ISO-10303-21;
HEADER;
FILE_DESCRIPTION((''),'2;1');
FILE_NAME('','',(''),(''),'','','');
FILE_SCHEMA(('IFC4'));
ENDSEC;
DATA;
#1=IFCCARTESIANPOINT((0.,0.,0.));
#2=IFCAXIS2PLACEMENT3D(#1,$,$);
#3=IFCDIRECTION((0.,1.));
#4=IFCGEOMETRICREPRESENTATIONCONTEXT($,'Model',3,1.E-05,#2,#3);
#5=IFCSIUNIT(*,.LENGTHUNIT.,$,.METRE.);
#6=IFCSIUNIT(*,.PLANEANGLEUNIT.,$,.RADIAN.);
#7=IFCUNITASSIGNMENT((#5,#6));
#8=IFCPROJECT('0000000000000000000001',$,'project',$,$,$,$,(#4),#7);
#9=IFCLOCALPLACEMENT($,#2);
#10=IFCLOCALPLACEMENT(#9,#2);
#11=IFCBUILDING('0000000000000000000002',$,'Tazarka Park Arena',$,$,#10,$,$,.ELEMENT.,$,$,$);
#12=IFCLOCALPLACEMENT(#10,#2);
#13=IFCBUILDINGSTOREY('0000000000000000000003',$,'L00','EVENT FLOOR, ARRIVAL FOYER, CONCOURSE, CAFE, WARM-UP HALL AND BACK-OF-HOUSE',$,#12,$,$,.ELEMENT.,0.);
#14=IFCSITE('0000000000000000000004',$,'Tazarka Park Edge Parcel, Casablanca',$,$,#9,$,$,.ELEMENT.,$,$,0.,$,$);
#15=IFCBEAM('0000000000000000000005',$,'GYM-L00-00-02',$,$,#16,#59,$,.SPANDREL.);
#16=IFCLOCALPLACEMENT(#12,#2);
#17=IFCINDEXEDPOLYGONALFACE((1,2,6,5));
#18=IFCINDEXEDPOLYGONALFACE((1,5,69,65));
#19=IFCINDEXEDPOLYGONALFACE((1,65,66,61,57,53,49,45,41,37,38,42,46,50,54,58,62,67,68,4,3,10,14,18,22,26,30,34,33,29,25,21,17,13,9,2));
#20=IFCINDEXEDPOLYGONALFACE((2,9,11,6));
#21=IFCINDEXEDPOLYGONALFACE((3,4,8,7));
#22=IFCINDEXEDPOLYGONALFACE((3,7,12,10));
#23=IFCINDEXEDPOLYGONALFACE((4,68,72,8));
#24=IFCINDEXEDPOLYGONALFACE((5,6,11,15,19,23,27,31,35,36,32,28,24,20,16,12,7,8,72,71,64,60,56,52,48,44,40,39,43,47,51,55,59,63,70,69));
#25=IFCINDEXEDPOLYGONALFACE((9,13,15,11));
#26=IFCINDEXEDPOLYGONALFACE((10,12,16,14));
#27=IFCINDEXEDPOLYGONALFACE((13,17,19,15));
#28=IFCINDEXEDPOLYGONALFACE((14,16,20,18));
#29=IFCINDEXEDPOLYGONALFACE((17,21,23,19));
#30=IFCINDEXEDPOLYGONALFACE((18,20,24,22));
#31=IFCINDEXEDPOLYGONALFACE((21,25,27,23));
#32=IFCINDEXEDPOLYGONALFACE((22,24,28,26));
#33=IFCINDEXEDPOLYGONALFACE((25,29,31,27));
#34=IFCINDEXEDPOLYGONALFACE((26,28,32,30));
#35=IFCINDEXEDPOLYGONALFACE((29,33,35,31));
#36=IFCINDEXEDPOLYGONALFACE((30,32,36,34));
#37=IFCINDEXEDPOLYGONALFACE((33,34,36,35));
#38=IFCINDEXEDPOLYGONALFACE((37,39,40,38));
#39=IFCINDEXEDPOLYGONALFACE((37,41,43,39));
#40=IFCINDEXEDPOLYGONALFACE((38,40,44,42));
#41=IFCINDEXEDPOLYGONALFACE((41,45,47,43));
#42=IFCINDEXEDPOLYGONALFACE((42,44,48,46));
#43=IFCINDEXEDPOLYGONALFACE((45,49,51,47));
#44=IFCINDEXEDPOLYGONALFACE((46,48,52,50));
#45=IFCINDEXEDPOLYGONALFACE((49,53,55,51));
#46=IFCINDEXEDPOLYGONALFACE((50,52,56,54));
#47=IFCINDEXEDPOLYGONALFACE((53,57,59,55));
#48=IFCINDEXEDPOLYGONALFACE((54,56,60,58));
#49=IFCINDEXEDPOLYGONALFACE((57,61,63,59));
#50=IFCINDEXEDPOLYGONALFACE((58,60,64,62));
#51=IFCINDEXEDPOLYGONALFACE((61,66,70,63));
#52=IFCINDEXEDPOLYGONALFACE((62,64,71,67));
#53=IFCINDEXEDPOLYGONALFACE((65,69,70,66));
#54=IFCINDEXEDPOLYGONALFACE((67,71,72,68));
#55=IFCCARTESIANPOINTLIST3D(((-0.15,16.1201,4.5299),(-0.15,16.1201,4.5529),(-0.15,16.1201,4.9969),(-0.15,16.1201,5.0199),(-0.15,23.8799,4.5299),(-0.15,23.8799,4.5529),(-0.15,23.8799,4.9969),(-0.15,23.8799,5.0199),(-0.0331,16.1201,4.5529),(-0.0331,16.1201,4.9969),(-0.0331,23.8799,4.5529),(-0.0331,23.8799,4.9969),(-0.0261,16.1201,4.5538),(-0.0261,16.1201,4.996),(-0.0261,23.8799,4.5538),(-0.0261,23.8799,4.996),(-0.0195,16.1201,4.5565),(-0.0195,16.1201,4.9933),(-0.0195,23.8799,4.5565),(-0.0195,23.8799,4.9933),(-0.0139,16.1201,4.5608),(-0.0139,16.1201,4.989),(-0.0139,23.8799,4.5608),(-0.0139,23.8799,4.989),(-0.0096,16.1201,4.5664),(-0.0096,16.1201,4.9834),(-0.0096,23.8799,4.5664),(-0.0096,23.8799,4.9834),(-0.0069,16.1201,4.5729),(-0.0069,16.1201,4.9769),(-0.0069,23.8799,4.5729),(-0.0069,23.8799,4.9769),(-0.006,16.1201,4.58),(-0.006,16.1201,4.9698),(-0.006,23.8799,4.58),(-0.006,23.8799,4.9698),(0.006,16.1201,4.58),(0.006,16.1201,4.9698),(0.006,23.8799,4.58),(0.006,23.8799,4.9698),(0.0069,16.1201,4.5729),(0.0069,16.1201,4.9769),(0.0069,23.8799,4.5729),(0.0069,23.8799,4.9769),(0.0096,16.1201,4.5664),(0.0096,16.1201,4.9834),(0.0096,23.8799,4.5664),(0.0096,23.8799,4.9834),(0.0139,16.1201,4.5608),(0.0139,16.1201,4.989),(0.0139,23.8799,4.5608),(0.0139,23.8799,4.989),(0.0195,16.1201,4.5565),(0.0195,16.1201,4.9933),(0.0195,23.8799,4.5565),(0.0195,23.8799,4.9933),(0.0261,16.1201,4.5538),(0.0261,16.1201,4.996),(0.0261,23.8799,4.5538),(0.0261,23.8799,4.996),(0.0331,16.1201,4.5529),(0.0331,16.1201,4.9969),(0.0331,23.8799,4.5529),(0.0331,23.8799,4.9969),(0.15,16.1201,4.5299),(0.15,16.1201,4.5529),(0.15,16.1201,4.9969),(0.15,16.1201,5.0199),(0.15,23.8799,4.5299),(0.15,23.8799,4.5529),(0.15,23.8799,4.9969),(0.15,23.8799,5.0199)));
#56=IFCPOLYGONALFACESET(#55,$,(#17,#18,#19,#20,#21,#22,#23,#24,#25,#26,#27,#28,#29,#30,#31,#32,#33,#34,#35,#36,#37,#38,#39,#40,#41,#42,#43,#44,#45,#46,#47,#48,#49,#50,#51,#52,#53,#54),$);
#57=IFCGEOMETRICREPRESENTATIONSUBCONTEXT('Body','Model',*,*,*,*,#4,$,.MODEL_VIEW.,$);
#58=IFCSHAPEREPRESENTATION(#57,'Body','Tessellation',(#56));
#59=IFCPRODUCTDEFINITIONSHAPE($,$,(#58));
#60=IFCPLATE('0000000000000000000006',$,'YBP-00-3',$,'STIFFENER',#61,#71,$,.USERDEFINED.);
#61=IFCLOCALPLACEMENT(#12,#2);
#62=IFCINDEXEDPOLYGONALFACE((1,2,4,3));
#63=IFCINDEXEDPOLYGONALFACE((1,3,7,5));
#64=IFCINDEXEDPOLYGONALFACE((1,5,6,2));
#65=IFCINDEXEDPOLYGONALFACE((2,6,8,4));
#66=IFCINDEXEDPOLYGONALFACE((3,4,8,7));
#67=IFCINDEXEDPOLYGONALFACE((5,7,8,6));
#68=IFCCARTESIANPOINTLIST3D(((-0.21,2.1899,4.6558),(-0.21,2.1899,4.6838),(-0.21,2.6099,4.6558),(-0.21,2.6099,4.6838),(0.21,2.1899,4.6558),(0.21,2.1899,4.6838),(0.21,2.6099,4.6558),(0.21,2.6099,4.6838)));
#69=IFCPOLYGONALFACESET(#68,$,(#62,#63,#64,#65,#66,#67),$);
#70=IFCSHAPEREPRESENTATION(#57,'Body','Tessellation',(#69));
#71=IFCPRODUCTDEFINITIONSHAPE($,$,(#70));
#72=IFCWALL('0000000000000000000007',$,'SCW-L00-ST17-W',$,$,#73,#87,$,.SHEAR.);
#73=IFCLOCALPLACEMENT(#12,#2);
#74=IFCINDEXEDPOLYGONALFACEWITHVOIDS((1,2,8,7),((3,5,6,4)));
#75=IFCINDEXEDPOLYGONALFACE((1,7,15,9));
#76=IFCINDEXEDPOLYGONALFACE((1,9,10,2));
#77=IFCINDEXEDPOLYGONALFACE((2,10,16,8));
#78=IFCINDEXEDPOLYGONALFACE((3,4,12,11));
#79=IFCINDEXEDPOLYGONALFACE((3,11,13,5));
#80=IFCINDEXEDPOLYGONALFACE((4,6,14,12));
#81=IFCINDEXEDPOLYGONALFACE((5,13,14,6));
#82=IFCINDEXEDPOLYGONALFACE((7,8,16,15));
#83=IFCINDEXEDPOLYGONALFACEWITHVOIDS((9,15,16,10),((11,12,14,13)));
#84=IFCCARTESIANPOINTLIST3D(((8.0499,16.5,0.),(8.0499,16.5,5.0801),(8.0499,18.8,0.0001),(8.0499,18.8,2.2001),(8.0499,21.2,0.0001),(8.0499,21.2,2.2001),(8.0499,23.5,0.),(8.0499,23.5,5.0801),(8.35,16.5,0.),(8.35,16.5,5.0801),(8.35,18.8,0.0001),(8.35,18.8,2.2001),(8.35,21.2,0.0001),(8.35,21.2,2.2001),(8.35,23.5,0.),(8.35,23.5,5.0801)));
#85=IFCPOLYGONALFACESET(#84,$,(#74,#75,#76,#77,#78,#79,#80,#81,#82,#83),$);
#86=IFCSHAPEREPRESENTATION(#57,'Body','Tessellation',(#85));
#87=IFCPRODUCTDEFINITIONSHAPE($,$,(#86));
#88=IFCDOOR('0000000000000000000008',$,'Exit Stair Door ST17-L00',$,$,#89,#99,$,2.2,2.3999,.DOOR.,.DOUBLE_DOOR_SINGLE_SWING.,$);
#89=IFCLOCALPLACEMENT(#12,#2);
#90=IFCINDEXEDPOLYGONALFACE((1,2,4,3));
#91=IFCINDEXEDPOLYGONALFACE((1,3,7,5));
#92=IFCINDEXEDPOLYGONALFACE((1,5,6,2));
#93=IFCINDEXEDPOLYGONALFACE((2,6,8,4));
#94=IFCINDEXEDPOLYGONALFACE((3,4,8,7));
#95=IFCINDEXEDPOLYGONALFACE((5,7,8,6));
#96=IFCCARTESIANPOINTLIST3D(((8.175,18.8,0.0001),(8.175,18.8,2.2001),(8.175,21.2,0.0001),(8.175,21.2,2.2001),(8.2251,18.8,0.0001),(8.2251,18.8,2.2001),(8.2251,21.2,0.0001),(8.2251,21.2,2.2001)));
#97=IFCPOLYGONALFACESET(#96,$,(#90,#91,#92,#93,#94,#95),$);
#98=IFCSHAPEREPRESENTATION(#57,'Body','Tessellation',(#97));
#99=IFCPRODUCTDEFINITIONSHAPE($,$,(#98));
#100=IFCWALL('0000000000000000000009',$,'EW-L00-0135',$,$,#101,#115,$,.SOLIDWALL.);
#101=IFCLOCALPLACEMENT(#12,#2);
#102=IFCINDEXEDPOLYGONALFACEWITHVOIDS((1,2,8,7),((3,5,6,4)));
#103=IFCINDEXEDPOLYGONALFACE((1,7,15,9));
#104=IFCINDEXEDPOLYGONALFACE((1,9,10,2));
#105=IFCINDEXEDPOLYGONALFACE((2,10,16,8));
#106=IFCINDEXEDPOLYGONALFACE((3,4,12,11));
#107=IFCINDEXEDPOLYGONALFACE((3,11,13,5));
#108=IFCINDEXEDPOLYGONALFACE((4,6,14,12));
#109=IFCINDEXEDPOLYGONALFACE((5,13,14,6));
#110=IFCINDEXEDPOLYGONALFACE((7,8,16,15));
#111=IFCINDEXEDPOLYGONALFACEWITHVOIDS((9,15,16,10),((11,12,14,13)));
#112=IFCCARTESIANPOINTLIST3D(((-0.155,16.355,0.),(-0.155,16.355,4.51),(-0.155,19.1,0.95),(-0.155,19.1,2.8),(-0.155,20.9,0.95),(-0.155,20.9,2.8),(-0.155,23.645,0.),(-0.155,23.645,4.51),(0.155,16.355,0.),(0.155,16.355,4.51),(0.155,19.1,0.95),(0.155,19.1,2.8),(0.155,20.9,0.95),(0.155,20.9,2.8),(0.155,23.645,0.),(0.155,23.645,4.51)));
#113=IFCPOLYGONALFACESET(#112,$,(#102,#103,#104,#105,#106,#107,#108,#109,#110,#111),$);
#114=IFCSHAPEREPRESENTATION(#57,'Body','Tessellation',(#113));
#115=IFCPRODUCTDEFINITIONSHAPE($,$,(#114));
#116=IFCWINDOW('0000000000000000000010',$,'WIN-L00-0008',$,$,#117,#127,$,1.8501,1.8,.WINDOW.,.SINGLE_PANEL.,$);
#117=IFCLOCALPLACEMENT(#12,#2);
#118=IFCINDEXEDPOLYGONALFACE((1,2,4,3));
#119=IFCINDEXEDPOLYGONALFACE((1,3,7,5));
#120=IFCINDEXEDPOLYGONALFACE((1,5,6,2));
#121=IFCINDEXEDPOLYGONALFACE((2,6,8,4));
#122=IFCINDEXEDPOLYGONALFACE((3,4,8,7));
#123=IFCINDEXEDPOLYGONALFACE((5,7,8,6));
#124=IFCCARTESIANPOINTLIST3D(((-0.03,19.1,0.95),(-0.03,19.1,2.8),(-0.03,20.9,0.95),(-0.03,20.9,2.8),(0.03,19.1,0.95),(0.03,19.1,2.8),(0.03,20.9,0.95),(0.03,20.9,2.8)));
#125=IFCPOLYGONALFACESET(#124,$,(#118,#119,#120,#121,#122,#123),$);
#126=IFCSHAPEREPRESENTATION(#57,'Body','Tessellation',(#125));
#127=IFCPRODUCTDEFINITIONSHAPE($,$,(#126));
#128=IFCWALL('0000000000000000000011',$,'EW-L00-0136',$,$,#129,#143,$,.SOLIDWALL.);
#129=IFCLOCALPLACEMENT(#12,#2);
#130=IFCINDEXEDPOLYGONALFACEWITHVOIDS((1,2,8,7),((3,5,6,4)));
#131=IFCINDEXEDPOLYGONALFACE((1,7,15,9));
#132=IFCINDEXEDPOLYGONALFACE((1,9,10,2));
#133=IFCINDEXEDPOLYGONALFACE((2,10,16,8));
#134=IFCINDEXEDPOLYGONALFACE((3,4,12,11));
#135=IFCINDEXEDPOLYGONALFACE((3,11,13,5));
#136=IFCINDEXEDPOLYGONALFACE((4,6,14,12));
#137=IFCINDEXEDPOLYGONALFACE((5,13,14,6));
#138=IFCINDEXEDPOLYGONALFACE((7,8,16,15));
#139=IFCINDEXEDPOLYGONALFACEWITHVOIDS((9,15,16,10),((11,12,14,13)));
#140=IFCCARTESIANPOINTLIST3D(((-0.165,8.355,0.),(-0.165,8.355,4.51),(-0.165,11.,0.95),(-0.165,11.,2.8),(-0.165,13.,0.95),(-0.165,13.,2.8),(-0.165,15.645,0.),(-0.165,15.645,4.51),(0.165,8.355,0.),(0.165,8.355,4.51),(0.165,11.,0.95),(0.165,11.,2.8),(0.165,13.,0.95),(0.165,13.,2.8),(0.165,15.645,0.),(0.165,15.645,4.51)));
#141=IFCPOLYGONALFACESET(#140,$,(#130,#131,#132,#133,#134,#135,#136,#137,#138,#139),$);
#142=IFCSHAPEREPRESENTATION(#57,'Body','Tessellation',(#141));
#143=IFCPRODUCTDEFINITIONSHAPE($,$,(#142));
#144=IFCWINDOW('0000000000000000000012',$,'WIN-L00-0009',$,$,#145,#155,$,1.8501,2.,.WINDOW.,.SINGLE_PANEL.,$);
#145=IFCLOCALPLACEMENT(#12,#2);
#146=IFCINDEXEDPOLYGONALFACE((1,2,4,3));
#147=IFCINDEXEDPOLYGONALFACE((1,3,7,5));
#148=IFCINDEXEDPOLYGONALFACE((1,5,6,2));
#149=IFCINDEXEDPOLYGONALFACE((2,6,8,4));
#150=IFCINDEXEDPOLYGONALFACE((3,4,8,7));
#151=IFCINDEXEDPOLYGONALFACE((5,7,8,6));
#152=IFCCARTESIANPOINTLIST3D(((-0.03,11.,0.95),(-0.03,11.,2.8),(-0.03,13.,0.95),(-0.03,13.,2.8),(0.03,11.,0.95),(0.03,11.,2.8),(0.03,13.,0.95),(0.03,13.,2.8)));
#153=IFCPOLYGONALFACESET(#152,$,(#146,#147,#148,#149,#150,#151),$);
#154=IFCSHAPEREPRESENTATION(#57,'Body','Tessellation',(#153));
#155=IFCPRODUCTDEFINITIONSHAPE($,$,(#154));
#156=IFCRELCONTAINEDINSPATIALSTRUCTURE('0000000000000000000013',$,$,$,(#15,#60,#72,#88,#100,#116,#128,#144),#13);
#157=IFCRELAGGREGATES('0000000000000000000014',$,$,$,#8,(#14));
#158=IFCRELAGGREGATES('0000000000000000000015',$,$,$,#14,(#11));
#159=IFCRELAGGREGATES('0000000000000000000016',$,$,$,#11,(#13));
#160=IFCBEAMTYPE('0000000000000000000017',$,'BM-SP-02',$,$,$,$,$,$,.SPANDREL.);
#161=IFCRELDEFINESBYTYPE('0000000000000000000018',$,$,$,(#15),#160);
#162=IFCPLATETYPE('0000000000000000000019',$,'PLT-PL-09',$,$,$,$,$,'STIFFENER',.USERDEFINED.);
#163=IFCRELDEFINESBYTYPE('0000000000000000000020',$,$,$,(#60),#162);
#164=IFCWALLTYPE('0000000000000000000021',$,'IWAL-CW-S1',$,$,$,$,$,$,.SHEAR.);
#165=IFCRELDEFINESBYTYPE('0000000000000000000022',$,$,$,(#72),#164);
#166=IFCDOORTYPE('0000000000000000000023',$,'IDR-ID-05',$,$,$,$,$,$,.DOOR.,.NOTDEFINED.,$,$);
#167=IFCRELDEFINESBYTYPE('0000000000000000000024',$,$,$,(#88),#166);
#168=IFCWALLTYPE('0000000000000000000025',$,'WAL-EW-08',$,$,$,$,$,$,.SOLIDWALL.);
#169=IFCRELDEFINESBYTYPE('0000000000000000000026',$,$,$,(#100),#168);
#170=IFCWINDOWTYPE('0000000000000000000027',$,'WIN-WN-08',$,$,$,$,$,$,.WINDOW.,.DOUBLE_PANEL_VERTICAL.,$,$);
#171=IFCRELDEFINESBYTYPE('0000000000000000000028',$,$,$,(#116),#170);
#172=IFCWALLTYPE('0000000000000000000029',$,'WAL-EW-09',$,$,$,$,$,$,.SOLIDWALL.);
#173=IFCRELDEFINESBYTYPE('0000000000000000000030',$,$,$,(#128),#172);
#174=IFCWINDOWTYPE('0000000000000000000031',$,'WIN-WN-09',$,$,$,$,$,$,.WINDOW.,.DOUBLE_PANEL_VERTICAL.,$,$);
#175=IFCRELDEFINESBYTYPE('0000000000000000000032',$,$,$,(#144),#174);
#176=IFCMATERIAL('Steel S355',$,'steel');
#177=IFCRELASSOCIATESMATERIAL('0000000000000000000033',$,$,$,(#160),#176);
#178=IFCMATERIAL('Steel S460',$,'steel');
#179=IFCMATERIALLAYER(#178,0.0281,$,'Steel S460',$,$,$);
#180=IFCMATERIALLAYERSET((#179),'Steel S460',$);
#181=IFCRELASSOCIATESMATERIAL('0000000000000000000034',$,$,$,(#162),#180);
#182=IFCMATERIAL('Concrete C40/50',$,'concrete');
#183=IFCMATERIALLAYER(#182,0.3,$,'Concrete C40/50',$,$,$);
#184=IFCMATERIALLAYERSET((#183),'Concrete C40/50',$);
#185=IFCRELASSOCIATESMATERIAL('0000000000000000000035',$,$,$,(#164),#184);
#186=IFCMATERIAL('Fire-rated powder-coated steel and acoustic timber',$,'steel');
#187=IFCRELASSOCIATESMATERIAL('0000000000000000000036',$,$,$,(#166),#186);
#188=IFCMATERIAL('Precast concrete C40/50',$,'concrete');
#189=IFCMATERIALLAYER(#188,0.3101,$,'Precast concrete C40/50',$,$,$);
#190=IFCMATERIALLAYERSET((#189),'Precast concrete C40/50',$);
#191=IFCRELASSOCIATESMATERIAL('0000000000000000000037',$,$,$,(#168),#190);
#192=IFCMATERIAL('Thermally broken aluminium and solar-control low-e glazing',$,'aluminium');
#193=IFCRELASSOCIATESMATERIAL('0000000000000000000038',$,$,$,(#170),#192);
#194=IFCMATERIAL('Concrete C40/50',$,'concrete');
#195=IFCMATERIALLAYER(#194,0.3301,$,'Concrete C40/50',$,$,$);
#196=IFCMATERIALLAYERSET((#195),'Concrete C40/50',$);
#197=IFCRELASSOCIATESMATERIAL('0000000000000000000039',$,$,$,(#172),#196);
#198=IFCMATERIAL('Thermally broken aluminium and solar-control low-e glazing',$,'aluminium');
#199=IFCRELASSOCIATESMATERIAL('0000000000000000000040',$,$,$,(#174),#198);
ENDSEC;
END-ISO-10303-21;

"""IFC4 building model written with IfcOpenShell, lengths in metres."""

from ifc_helpers import new_model, si_unit, direction, frame, frame_2d, origin, origin_2d, place, context, subcontext, project, spatial, rectangle, i_section, extrude, material, layer, layer_set, material_profile, profile_set, type_object, element, fill, save


model = new_model("IFC4")

# Units and contexts
model_context = context("Model", 3, precision=1e-05, world=origin(), true_north=direction((0.0, 1.0)))
body_context = subcontext(model_context, "Body", "Model", "MODEL_VIEW")
ifc_project = project(units=[si_unit("LENGTHUNIT", "METRE"), si_unit("PLANEANGLEUNIT", "RADIAN")], contexts=[model_context])

# Site, building, storey
site_placement = place(None, origin())
site = spatial("IfcSite", under=ifc_project, at=site_placement, Name="Tazarka Park Edge Parcel, Casablanca", CompositionType="ELEMENT", RefElevation=0.0)
building_placement = place(site_placement, origin())
building = spatial("IfcBuilding", under=site, at=building_placement, Name="Tazarka Park Arena", CompositionType="ELEMENT")
storey_placement = place(building_placement, origin())
storey = spatial("IfcBuildingStorey", under=building, at=storey_placement, Name="L00", Description="EVENT FLOOR, ARRIVAL FOYER, CONCOURSE, CAFE, WARM-UP HALL AND BACK-OF-HOUSE", CompositionType="ELEMENT", Elevation=0.0)

# Beam
ifc_material_1 = material(Name="Steel S355", Category="steel")
ifc_material_profile_1 = material_profile(ifc_material_1, i_section(OverallWidth=0.3, OverallDepth=0.49, WebThickness=0.012, FlangeThickness=0.0229, FilletRadius=0.0271, at=origin_2d()), Name="Steel S355")
ifc_profile_set_1 = profile_set([ifc_material_profile_1], Name="Steel S355")
beam_type_1 = type_object("IfcBeamType", Name="BM-SP-02", PredefinedType="SPANDREL", material=ifc_profile_set_1)
for number, where, z_axis, x_axis, name in (
    (1, (0.0, 16.1201, 4.7749), (0.0, 1.0, 0.0), (-1.0, 0.0, 0.0), "GYM-L00-00-02"),
):
    element("IfcBeam", number, at=place(storey_placement, frame(where, z_axis=z_axis, x_axis=x_axis)), inside=storey, type_object=beam_type_1, Name=name, PredefinedType="SPANDREL", context=body_context, shape_type="SweptSolid", body=[
        extrude(i_section(OverallWidth=0.3, OverallDepth=0.49, WebThickness=0.012, FlangeThickness=0.0229, FilletRadius=0.0271, at=origin_2d()), origin(), (0.0, 0.0, 1.0), 7.7598),
    ])

# Plate
ifc_material_2 = material(Name="Steel S460", Category="steel")
ifc_layer_1 = layer(ifc_material_2, 0.0281, Name="Steel S460")
ifc_layer_set_1 = layer_set([ifc_layer_1], Name="Steel S460")
plate_type = type_object("IfcPlateType", Name="PLT-PL-09", ElementType="STIFFENER", PredefinedType="USERDEFINED", material=ifc_layer_set_1)
plate_placement = place(storey_placement, frame((0.0, 2.3999, 4.6558), z_axis=(0.0, 0.0, 1.0), x_axis=(1.0, 0.0, 0.0)))
element("IfcPlate", 2, at=plate_placement, inside=storey, type_object=plate_type, Name="YBP-00-3", ObjectType="STIFFENER", PredefinedType="USERDEFINED", context=body_context, shape_type="SweptSolid", body=[
    extrude(rectangle(XDim=0.4199, YDim=0.4199, at=origin_2d()), origin(), (0.0, 0.0, 1.0), 0.0281),
])

# Wall, opening, door
ifc_material_3 = material(Name="Concrete C40/50", Category="concrete")
ifc_layer_2 = layer(ifc_material_3, 0.3, Name="Concrete C40/50")
ifc_layer_set_2 = layer_set([ifc_layer_2], Name="Concrete C40/50")
wall_type_1 = type_object("IfcWallType", Name="IWAL-CW-S1", PredefinedType="SHEAR", material=ifc_layer_set_2)
wall_1_placement = place(storey_placement, frame((8.2, 16.5, 0.0), z_axis=(0.0, 0.0, 1.0), x_axis=(0.0, 1.0, 0.0)))
wall_1 = element("IfcWall", 3, at=wall_1_placement, inside=storey, type_object=wall_type_1, Name="SCW-L00-ST17-W", PredefinedType="SHEAR", context=body_context, shape_type="SweptSolid", body=[
    extrude(rectangle(XDim=7.0, YDim=0.3, at=frame_2d((3.5, 0.0))), origin(), (0.0, 0.0, 1.0), 5.0801),
])
opening_1_placement = place(wall_1_placement, frame((2.3, 0.0, 0.0)))
opening_1 = element("IfcOpeningElement", 4, at=opening_1_placement, cuts=wall_1, PredefinedType="OPENING", context=body_context, shape_type="SweptSolid", body=[
    extrude(rectangle(XDim=2.3999, YDim=2.2, at=frame_2d((1.2, 1.1001))), frame((0.0, 0.1602, 0.0), z_axis=(0.0, -1.0, 0.0), x_axis=(1.0, 0.0, 0.0)), (0.0, 0.0, 1.0), 0.3201),
])
ifc_material_4 = material(Name="Fire-rated powder-coated steel and acoustic timber", Category="steel")
door_type = type_object("IfcDoorType", Name="IDR-ID-05", OperationType="NOTDEFINED", PredefinedType="DOOR", material=ifc_material_4)
door_placement = place(opening_1_placement, origin())
door = element("IfcDoor", 5, at=door_placement, inside=storey, type_object=door_type, Name="Exit Stair Door ST17-L00", OperationType="DOUBLE_DOOR_SINGLE_SWING", OverallHeight=2.2, OverallWidth=2.3999, PredefinedType="DOOR", context=body_context, shape_type="SweptSolid", body=[
    extrude(rectangle(XDim=2.3999, YDim=2.2, at=frame_2d((1.2, 1.1001))), frame((0.0, 0.0249, 0.0), z_axis=(0.0, -1.0, 0.0), x_axis=(1.0, 0.0, 0.0)), (0.0, 0.0, 1.0), 0.05),
])
fill(opening_1, door)

# Walls, openings, windows
ifc_material_5 = material(Name="Precast concrete C40/50", Category="concrete")
ifc_layer_3 = layer(ifc_material_5, 0.3101, Name="Precast concrete C40/50")
ifc_layer_set_3 = layer_set([ifc_layer_3], Name="Precast concrete C40/50")
wall_type_2 = type_object("IfcWallType", Name="WAL-EW-08", PredefinedType="SOLIDWALL", material=ifc_layer_set_3)
wall_2_placement = place(storey_placement, frame((0.0, 16.355, 0.0), z_axis=(0.0, 0.0, 1.0), x_axis=(0.0, 1.0, 0.0)))
wall_2 = element("IfcWall", 6, at=wall_2_placement, inside=storey, type_object=wall_type_2, Name="EW-L00-0135", PredefinedType="SOLIDWALL", context=body_context, shape_type="SweptSolid", body=[
    extrude(rectangle(XDim=7.29, YDim=0.3101, at=frame_2d((3.645, 0.0))), origin(), (0.0, 0.0, 1.0), 4.51),
])
opening_2_placement = place(wall_2_placement, frame((2.7451, 0.0, 0.95)))
opening_2 = element("IfcOpeningElement", 7, at=opening_2_placement, cuts=wall_2, PredefinedType="OPENING", context=body_context, shape_type="SweptSolid", body=[
    extrude(rectangle(XDim=1.8, YDim=1.8501, at=frame_2d((0.8999, 0.925))), frame((0.0, 0.165, 0.0), z_axis=(0.0, -1.0, 0.0), x_axis=(1.0, 0.0, 0.0)), (0.0, 0.0, 1.0), 0.3301),
])
ifc_material_6 = material(Name="Thermally broken aluminium and solar-control low-e glazing", Category="aluminium")
window_type_1 = type_object("IfcWindowType", Name="WIN-WN-08", PartitioningType="DOUBLE_PANEL_VERTICAL", PredefinedType="WINDOW", material=ifc_material_6)
window_1_placement = place(opening_2_placement, origin())
window_1 = element("IfcWindow", 8, at=window_1_placement, inside=storey, type_object=window_type_1, Name="WIN-L00-0008", OverallHeight=1.8501, OverallWidth=1.8, PartitioningType="SINGLE_PANEL", PredefinedType="WINDOW", context=body_context, shape_type="SweptSolid", body=[
    extrude(rectangle(XDim=1.8, YDim=1.8501, at=frame_2d((0.8999, 0.925))), frame((0.0, 0.03, 0.0), z_axis=(0.0, -1.0, 0.0), x_axis=(1.0, 0.0, 0.0)), (0.0, 0.0, 1.0), 0.0601),
])
fill(opening_2, window_1)
ifc_material_7 = material(Name="Concrete C40/50", Category="concrete")
ifc_layer_4 = layer(ifc_material_7, 0.3301, Name="Concrete C40/50")
ifc_layer_set_4 = layer_set([ifc_layer_4], Name="Concrete C40/50")
wall_type_3 = type_object("IfcWallType", Name="WAL-EW-09", PredefinedType="SOLIDWALL", material=ifc_layer_set_4)
wall_3_placement = place(storey_placement, frame((0.0, 8.355, 0.0), z_axis=(0.0, 0.0, 1.0), x_axis=(0.0, 1.0, 0.0)))
wall_3 = element("IfcWall", 9, at=wall_3_placement, inside=storey, type_object=wall_type_3, Name="EW-L00-0136", PredefinedType="SOLIDWALL", context=body_context, shape_type="SweptSolid", body=[
    extrude(rectangle(XDim=7.29, YDim=0.3301, at=frame_2d((3.645, 0.0))), origin(), (0.0, 0.0, 1.0), 4.51),
])
opening_3_placement = place(wall_3_placement, frame((2.645, 0.0, 0.95)))
opening_3 = element("IfcOpeningElement", 10, at=opening_3_placement, cuts=wall_3, PredefinedType="OPENING", context=body_context, shape_type="SweptSolid", body=[
    extrude(rectangle(XDim=2.0, YDim=1.8501, at=frame_2d((1.0, 0.925))), frame((0.0, 0.175, 0.0), z_axis=(0.0, -1.0, 0.0), x_axis=(1.0, 0.0, 0.0)), (0.0, 0.0, 1.0), 0.3501),
])
ifc_material_8 = material(Name="Thermally broken aluminium and solar-control low-e glazing", Category="aluminium")
window_type_2 = type_object("IfcWindowType", Name="WIN-WN-09", PartitioningType="DOUBLE_PANEL_VERTICAL", PredefinedType="WINDOW", material=ifc_material_8)
window_2_placement = place(opening_3_placement, origin())
window_2 = element("IfcWindow", 11, at=window_2_placement, inside=storey, type_object=window_type_2, Name="WIN-L00-0009", OverallHeight=1.8501, OverallWidth=2.0, PartitioningType="SINGLE_PANEL", PredefinedType="WINDOW", context=body_context, shape_type="SweptSolid", body=[
    extrude(rectangle(XDim=2.0, YDim=1.8501, at=frame_2d((1.0, 0.925))), frame((0.0, 0.03, 0.0), z_axis=(0.0, -1.0, 0.0), x_axis=(1.0, 0.0, 0.0)), (0.0, 0.0, 1.0), 0.0601),
])
fill(opening_3, window_2)

save(model, "model.ifc")
